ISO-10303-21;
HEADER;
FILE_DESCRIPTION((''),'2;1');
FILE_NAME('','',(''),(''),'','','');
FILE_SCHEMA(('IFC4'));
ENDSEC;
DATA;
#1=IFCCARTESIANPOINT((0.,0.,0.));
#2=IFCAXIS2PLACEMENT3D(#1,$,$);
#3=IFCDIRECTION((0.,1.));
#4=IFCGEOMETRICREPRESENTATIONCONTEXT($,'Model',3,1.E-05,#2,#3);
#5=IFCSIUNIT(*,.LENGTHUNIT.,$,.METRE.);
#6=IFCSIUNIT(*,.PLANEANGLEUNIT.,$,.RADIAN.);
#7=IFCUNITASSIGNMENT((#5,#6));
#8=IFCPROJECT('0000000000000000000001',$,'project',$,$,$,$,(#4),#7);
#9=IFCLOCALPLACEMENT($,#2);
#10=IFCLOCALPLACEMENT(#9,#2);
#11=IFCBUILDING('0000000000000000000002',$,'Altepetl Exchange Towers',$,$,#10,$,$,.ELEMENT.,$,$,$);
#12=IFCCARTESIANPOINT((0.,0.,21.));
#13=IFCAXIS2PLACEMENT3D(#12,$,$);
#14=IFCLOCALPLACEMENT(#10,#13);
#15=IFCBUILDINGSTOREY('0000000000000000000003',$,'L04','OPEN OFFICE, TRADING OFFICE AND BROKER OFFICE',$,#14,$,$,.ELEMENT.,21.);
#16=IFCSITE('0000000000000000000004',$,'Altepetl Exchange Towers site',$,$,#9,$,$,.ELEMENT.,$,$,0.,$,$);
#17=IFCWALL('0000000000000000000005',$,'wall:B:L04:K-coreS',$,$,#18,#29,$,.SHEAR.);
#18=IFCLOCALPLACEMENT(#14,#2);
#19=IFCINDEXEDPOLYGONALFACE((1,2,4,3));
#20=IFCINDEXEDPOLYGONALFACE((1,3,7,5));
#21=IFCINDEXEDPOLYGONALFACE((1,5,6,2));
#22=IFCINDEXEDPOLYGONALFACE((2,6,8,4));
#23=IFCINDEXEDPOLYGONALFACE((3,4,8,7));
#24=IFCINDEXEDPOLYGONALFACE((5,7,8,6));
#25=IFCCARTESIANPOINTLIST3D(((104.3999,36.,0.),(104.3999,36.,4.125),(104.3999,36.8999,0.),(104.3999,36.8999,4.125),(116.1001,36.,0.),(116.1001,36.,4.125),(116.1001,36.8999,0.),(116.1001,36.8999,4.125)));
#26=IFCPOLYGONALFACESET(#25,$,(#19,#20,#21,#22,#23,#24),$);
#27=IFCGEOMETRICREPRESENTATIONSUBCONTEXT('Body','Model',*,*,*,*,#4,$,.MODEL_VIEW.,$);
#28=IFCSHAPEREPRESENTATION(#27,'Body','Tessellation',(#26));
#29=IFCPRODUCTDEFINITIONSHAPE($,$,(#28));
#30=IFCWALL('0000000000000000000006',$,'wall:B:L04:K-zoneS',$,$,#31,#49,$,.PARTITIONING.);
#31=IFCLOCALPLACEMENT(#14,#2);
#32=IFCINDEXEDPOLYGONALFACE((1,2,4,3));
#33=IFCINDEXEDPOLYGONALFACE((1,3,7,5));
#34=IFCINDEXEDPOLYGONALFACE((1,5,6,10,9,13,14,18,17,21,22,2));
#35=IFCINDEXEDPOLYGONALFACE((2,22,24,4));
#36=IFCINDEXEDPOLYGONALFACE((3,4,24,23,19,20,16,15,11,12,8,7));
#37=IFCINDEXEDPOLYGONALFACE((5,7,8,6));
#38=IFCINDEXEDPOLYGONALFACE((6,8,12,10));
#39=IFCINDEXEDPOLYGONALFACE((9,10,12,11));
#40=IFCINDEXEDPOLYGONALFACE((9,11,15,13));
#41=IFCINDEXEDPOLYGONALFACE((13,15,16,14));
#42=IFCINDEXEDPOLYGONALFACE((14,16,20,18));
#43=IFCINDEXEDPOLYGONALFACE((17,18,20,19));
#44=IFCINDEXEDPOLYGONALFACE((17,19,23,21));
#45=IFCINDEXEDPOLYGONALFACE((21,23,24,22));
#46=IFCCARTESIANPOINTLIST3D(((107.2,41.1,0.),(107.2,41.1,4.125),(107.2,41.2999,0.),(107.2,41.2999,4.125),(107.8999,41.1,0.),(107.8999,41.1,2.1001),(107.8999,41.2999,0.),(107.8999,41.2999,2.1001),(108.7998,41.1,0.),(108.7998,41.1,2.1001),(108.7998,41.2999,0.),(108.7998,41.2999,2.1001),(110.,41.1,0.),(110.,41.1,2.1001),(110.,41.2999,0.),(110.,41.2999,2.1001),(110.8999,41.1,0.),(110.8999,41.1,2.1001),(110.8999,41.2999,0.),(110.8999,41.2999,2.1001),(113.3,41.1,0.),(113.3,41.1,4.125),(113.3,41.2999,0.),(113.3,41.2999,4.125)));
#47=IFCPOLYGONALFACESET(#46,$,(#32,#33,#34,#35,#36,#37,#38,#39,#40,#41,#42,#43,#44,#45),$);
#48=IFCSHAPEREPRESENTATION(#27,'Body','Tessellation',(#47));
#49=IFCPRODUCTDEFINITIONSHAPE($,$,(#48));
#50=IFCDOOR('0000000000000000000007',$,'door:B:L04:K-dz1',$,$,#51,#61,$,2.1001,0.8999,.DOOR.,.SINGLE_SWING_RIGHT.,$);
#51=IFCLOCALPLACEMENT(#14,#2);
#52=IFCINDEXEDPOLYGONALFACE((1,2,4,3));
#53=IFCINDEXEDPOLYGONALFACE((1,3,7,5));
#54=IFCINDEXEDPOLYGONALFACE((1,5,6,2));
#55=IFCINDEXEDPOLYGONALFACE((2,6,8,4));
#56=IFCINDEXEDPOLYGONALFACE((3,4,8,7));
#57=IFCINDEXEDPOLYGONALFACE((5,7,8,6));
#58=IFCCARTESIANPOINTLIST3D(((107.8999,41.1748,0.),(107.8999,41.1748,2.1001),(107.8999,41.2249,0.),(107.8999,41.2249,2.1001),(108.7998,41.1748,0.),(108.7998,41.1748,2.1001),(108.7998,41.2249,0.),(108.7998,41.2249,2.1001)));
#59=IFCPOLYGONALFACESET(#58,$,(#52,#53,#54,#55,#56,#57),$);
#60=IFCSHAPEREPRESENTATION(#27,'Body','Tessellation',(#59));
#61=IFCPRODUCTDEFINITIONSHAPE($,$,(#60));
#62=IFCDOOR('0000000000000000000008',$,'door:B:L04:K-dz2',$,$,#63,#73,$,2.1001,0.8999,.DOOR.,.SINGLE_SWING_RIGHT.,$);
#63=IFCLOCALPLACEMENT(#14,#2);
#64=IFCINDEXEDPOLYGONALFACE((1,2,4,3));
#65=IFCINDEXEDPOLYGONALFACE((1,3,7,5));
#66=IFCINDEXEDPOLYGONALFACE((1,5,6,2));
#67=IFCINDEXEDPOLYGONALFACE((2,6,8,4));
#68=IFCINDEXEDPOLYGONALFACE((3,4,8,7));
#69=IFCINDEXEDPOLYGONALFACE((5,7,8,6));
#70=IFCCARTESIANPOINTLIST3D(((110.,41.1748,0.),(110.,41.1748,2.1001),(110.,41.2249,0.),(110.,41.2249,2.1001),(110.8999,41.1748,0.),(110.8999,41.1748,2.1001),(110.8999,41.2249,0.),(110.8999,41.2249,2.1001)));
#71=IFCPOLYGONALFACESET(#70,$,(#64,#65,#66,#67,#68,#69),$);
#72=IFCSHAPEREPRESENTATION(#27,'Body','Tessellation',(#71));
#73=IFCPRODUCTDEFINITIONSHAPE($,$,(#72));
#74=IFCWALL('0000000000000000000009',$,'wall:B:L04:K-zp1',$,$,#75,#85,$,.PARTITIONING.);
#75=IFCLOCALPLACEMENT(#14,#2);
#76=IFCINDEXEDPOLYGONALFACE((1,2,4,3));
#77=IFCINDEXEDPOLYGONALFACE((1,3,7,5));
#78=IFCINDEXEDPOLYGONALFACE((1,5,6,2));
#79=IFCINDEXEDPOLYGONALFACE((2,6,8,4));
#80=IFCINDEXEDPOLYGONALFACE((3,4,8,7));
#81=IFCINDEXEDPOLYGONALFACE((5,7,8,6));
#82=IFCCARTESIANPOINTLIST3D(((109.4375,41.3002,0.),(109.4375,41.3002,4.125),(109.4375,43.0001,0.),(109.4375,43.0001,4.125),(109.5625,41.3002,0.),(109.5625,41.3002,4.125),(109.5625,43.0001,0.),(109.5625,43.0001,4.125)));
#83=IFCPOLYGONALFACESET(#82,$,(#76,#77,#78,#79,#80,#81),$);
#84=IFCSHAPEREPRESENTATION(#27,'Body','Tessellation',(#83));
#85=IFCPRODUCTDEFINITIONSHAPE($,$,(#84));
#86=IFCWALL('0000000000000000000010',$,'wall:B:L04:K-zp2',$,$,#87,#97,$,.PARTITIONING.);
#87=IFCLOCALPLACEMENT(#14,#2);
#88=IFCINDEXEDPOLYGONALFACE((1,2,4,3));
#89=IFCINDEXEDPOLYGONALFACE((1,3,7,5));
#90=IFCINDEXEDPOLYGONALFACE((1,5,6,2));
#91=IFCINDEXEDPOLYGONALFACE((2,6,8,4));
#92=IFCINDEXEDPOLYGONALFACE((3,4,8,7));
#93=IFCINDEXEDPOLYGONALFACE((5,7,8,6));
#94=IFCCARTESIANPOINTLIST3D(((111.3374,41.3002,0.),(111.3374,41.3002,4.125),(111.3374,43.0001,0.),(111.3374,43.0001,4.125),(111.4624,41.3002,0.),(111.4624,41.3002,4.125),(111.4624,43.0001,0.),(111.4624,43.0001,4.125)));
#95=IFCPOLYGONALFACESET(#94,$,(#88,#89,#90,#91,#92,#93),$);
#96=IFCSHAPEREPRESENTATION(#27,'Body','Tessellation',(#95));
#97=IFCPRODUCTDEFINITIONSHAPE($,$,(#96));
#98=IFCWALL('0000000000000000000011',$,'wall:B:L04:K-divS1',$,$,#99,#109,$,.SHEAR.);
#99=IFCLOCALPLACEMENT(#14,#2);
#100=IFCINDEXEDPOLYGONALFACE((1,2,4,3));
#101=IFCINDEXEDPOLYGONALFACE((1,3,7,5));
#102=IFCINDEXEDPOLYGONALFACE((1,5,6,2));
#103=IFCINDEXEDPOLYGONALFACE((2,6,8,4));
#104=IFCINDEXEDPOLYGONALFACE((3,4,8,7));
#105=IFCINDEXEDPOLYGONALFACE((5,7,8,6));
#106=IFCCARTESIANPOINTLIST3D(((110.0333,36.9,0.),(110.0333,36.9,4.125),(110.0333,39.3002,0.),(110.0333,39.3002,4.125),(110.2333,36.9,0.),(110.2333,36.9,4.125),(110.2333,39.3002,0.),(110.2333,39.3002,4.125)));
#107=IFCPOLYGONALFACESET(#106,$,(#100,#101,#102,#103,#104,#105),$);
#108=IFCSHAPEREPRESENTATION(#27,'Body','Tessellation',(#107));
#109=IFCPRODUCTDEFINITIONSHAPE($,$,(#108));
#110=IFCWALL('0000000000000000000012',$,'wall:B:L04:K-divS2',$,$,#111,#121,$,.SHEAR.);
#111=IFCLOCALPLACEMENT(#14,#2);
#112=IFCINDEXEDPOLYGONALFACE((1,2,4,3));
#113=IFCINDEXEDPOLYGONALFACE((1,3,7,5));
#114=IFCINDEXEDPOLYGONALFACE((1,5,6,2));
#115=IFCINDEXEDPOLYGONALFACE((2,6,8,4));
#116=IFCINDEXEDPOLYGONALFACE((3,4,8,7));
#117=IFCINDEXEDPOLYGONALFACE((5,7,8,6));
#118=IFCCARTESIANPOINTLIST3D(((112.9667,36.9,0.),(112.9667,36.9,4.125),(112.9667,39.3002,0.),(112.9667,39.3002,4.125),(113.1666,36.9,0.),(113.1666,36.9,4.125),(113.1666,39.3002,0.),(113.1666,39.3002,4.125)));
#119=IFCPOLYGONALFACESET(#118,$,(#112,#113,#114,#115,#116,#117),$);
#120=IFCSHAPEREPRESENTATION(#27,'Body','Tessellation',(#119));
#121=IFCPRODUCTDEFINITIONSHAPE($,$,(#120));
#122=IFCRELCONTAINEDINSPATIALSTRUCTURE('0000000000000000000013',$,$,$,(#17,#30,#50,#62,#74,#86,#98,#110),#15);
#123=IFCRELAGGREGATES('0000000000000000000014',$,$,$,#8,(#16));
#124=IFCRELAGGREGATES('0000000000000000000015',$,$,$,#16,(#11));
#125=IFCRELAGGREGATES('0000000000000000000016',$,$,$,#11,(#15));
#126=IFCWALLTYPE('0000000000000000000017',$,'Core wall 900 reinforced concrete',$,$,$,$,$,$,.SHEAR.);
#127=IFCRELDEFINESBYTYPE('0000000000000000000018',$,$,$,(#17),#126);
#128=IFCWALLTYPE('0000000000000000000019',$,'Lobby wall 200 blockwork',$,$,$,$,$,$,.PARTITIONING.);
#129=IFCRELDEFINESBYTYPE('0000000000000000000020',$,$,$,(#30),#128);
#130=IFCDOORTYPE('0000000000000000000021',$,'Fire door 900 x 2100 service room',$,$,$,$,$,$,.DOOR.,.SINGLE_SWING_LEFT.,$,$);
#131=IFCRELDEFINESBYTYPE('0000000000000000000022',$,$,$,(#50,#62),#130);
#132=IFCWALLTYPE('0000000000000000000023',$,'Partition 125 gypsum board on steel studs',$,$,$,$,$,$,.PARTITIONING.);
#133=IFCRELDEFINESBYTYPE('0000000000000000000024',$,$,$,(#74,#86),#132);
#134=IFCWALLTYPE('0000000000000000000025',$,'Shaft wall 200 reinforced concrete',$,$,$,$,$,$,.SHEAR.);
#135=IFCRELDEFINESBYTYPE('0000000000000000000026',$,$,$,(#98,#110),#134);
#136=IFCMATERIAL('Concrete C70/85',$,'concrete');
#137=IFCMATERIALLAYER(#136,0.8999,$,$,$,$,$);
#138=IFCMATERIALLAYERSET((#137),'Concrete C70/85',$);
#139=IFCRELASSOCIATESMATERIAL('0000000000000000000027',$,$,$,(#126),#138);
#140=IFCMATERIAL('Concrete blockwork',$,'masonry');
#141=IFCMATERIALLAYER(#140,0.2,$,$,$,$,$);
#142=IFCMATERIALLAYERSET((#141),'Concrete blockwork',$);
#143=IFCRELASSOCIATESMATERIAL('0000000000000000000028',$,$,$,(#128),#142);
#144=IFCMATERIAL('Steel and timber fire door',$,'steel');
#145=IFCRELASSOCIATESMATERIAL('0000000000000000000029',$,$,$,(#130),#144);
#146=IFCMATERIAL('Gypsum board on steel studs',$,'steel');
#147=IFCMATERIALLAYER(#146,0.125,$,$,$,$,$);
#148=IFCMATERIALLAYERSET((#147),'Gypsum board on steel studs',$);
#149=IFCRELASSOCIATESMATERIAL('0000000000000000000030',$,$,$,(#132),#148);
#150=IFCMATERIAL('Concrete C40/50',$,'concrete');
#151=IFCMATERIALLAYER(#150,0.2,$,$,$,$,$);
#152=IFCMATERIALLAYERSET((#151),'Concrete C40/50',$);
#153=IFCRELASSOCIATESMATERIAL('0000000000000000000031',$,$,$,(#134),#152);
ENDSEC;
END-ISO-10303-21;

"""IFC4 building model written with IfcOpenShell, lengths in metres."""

from ifc_helpers import new_model, si_unit, direction, frame, frame_2d, origin, place, context, subcontext, project, spatial, rectangle, extrude, material, layer, layer_set, type_object, element, fill, save


model = new_model("IFC4")

# Units and contexts
model_context = context("Model", 3, precision=1e-05, world=origin(), true_north=direction((0.0, 1.0)))
body_context = subcontext(model_context, "Body", "Model", "MODEL_VIEW")
ifc_project = project(units=[si_unit("LENGTHUNIT", "METRE"), si_unit("PLANEANGLEUNIT", "RADIAN")], contexts=[model_context])

# Site, building, storey
site_placement = place(None, origin())
site = spatial("IfcSite", under=ifc_project, at=site_placement, Name="Altepetl Exchange Towers site", CompositionType="ELEMENT", RefElevation=0.0)
building_placement = place(site_placement, origin())
building = spatial("IfcBuilding", under=site, at=building_placement, Name="Altepetl Exchange Towers", CompositionType="ELEMENT")
storey_placement = place(building_placement, frame((0.0, 0.0, 21.0)))
storey = spatial("IfcBuildingStorey", under=building, at=storey_placement, Name="L04", Description="OPEN OFFICE, TRADING OFFICE AND BROKER OFFICE", CompositionType="ELEMENT", Elevation=21.0)

# Wall
ifc_material_1 = material(Name="Concrete C70/85", Category="concrete")
ifc_layer_1 = layer(ifc_material_1, 0.8999)
ifc_layer_set_1 = layer_set([ifc_layer_1], Name="Concrete C70/85")
wall_type_1 = type_object("IfcWallType", Name="Core wall 900 reinforced concrete", PredefinedType="SHEAR", material=ifc_layer_set_1)
wall_1_placement = place(storey_placement, frame((104.3999, 36.45, 0.0)))
element("IfcWall", 1, at=wall_1_placement, inside=storey, type_object=wall_type_1, Name="wall:B:L04:K-coreS", PredefinedType="SHEAR", context=body_context, shape_type="SweptSolid", body=[
    extrude(rectangle(XDim=11.7002, YDim=0.8999, at=frame_2d((5.8501, 0.0))), origin(), (0.0, 0.0, 1.0), 4.125),
])

# Wall, openings, doors
ifc_material_2 = material(Name="Concrete blockwork", Category="masonry")
ifc_layer_2 = layer(ifc_material_2, 0.2)
ifc_layer_set_2 = layer_set([ifc_layer_2], Name="Concrete blockwork")
wall_type_2 = type_object("IfcWallType", Name="Lobby wall 200 blockwork", PredefinedType="PARTITIONING", material=ifc_layer_set_2)
wall_2_placement = place(storey_placement, frame((107.2, 41.2, 0.0)))
wall_2 = element("IfcWall", 2, at=wall_2_placement, inside=storey, type_object=wall_type_2, Name="wall:B:L04:K-zoneS", PredefinedType="PARTITIONING", context=body_context, shape_type="SweptSolid", body=[
    extrude(rectangle(XDim=6.1001, YDim=0.2, at=frame_2d((3.05, 0.0))), origin(), (0.0, 0.0, 1.0), 4.125),
])
opening_1_placement = place(wall_2_placement, frame((0.7, 0.0, 0.0)))
opening_1 = element("IfcOpeningElement", 3, at=opening_1_placement, cuts=wall_2, PredefinedType="OPENING", context=body_context, shape_type="SweptSolid", body=[
    extrude(rectangle(XDim=0.8999, YDim=2.1001, at=frame_2d((0.45, 1.05))), frame((0.0, 0.1099, 0.0), z_axis=(0.0, -1.0, 0.0), x_axis=(1.0, 0.0, 0.0)), (0.0, 0.0, 1.0), 0.22),
])
opening_2_placement = place(wall_2_placement, frame((2.8, 0.0, 0.0)))
opening_2 = element("IfcOpeningElement", 4, at=opening_2_placement, cuts=wall_2, PredefinedType="OPENING", context=body_context, shape_type="SweptSolid", body=[
    extrude(rectangle(XDim=0.8999, YDim=2.1001, at=frame_2d((0.45, 1.05))), frame((0.0, 0.1099, 0.0), z_axis=(0.0, -1.0, 0.0), x_axis=(1.0, 0.0, 0.0)), (0.0, 0.0, 1.0), 0.22),
])
ifc_material_3 = material(Name="Steel and timber fire door", Category="steel")
door_type_1 = type_object("IfcDoorType", Name="Fire door 900 x 2100 service room", OperationType="SINGLE_SWING_LEFT", PredefinedType="DOOR", material=ifc_material_3)
door_1_placement = place(opening_1_placement, origin())
door_1 = element("IfcDoor", 5, at=door_1_placement, inside=storey, type_object=door_type_1, Name="door:B:L04:K-dz1", OperationType="SINGLE_SWING_RIGHT", OverallHeight=2.1001, OverallWidth=0.8999, PredefinedType="DOOR", context=body_context, shape_type="SweptSolid", body=[
    extrude(rectangle(XDim=0.8999, YDim=2.1001, at=frame_2d((0.45, 1.05))), frame((0.0, 0.0249, 0.0), z_axis=(0.0, -1.0, 0.0), x_axis=(1.0, 0.0, 0.0)), (0.0, 0.0, 1.0), 0.05),
])
fill(opening_1, door_1)
door_2_placement = place(opening_2_placement, origin())
door_2 = element("IfcDoor", 6, at=door_2_placement, inside=storey, type_object=door_type_1, Name="door:B:L04:K-dz2", OperationType="SINGLE_SWING_RIGHT", OverallHeight=2.1001, OverallWidth=0.8999, PredefinedType="DOOR", context=body_context, shape_type="SweptSolid", body=[
    extrude(rectangle(XDim=0.8999, YDim=2.1001, at=frame_2d((0.45, 1.05))), frame((0.0, 0.0249, 0.0), z_axis=(0.0, -1.0, 0.0), x_axis=(1.0, 0.0, 0.0)), (0.0, 0.0, 1.0), 0.05),
])
fill(opening_2, door_2)

# Walls
ifc_material_4 = material(Name="Gypsum board on steel studs", Category="steel")
ifc_layer_3 = layer(ifc_material_4, 0.125)
ifc_layer_set_3 = layer_set([ifc_layer_3], Name="Gypsum board on steel studs")
wall_type_3 = type_object("IfcWallType", Name="Partition 125 gypsum board on steel studs", PredefinedType="PARTITIONING", material=ifc_layer_set_3)
for number, where, z_axis, x_axis, name in (
    (7, (109.5, 41.3, 0.0), (0.0, 0.0, 1.0), (0.0, 1.0, 0.0), "wall:B:L04:K-zp1"),
    (8, (111.3999, 41.3, 0.0), (0.0, 0.0, 1.0), (0.0, 1.0, 0.0), "wall:B:L04:K-zp2"),
):
    element("IfcWall", number, at=place(storey_placement, frame(where, z_axis=z_axis, x_axis=x_axis)), inside=storey, type_object=wall_type_3, Name=name, PredefinedType="PARTITIONING", context=body_context, shape_type="SweptSolid", body=[
        extrude(rectangle(XDim=1.7, YDim=0.125, at=frame_2d((0.8501, 0.0))), origin(), (0.0, 0.0, 1.0), 4.125),
    ])
ifc_material_5 = material(Name="Concrete C40/50", Category="concrete")
ifc_layer_4 = layer(ifc_material_5, 0.2)
ifc_layer_set_4 = layer_set([ifc_layer_4], Name="Concrete C40/50")
wall_type_4 = type_object("IfcWallType", Name="Shaft wall 200 reinforced concrete", PredefinedType="SHEAR", material=ifc_layer_set_4)
for number, where, z_axis, x_axis, name in (
    (9, (110.1333, 36.8999, 0.0), (0.0, 0.0, 1.0), (0.0, 1.0, 0.0), "wall:B:L04:K-divS1"),
    (10, (113.0667, 36.8999, 0.0), (0.0, 0.0, 1.0), (0.0, 1.0, 0.0), "wall:B:L04:K-divS2"),
):
    element("IfcWall", number, at=place(storey_placement, frame(where, z_axis=z_axis, x_axis=x_axis)), inside=storey, type_object=wall_type_4, Name=name, PredefinedType="SHEAR", context=body_context, shape_type="SweptSolid", body=[
        extrude(rectangle(XDim=2.4001, YDim=0.2, at=frame_2d((1.2002, 0.0))), origin(), (0.0, 0.0, 1.0), 4.125),
    ])

save(model, "model.ifc")
